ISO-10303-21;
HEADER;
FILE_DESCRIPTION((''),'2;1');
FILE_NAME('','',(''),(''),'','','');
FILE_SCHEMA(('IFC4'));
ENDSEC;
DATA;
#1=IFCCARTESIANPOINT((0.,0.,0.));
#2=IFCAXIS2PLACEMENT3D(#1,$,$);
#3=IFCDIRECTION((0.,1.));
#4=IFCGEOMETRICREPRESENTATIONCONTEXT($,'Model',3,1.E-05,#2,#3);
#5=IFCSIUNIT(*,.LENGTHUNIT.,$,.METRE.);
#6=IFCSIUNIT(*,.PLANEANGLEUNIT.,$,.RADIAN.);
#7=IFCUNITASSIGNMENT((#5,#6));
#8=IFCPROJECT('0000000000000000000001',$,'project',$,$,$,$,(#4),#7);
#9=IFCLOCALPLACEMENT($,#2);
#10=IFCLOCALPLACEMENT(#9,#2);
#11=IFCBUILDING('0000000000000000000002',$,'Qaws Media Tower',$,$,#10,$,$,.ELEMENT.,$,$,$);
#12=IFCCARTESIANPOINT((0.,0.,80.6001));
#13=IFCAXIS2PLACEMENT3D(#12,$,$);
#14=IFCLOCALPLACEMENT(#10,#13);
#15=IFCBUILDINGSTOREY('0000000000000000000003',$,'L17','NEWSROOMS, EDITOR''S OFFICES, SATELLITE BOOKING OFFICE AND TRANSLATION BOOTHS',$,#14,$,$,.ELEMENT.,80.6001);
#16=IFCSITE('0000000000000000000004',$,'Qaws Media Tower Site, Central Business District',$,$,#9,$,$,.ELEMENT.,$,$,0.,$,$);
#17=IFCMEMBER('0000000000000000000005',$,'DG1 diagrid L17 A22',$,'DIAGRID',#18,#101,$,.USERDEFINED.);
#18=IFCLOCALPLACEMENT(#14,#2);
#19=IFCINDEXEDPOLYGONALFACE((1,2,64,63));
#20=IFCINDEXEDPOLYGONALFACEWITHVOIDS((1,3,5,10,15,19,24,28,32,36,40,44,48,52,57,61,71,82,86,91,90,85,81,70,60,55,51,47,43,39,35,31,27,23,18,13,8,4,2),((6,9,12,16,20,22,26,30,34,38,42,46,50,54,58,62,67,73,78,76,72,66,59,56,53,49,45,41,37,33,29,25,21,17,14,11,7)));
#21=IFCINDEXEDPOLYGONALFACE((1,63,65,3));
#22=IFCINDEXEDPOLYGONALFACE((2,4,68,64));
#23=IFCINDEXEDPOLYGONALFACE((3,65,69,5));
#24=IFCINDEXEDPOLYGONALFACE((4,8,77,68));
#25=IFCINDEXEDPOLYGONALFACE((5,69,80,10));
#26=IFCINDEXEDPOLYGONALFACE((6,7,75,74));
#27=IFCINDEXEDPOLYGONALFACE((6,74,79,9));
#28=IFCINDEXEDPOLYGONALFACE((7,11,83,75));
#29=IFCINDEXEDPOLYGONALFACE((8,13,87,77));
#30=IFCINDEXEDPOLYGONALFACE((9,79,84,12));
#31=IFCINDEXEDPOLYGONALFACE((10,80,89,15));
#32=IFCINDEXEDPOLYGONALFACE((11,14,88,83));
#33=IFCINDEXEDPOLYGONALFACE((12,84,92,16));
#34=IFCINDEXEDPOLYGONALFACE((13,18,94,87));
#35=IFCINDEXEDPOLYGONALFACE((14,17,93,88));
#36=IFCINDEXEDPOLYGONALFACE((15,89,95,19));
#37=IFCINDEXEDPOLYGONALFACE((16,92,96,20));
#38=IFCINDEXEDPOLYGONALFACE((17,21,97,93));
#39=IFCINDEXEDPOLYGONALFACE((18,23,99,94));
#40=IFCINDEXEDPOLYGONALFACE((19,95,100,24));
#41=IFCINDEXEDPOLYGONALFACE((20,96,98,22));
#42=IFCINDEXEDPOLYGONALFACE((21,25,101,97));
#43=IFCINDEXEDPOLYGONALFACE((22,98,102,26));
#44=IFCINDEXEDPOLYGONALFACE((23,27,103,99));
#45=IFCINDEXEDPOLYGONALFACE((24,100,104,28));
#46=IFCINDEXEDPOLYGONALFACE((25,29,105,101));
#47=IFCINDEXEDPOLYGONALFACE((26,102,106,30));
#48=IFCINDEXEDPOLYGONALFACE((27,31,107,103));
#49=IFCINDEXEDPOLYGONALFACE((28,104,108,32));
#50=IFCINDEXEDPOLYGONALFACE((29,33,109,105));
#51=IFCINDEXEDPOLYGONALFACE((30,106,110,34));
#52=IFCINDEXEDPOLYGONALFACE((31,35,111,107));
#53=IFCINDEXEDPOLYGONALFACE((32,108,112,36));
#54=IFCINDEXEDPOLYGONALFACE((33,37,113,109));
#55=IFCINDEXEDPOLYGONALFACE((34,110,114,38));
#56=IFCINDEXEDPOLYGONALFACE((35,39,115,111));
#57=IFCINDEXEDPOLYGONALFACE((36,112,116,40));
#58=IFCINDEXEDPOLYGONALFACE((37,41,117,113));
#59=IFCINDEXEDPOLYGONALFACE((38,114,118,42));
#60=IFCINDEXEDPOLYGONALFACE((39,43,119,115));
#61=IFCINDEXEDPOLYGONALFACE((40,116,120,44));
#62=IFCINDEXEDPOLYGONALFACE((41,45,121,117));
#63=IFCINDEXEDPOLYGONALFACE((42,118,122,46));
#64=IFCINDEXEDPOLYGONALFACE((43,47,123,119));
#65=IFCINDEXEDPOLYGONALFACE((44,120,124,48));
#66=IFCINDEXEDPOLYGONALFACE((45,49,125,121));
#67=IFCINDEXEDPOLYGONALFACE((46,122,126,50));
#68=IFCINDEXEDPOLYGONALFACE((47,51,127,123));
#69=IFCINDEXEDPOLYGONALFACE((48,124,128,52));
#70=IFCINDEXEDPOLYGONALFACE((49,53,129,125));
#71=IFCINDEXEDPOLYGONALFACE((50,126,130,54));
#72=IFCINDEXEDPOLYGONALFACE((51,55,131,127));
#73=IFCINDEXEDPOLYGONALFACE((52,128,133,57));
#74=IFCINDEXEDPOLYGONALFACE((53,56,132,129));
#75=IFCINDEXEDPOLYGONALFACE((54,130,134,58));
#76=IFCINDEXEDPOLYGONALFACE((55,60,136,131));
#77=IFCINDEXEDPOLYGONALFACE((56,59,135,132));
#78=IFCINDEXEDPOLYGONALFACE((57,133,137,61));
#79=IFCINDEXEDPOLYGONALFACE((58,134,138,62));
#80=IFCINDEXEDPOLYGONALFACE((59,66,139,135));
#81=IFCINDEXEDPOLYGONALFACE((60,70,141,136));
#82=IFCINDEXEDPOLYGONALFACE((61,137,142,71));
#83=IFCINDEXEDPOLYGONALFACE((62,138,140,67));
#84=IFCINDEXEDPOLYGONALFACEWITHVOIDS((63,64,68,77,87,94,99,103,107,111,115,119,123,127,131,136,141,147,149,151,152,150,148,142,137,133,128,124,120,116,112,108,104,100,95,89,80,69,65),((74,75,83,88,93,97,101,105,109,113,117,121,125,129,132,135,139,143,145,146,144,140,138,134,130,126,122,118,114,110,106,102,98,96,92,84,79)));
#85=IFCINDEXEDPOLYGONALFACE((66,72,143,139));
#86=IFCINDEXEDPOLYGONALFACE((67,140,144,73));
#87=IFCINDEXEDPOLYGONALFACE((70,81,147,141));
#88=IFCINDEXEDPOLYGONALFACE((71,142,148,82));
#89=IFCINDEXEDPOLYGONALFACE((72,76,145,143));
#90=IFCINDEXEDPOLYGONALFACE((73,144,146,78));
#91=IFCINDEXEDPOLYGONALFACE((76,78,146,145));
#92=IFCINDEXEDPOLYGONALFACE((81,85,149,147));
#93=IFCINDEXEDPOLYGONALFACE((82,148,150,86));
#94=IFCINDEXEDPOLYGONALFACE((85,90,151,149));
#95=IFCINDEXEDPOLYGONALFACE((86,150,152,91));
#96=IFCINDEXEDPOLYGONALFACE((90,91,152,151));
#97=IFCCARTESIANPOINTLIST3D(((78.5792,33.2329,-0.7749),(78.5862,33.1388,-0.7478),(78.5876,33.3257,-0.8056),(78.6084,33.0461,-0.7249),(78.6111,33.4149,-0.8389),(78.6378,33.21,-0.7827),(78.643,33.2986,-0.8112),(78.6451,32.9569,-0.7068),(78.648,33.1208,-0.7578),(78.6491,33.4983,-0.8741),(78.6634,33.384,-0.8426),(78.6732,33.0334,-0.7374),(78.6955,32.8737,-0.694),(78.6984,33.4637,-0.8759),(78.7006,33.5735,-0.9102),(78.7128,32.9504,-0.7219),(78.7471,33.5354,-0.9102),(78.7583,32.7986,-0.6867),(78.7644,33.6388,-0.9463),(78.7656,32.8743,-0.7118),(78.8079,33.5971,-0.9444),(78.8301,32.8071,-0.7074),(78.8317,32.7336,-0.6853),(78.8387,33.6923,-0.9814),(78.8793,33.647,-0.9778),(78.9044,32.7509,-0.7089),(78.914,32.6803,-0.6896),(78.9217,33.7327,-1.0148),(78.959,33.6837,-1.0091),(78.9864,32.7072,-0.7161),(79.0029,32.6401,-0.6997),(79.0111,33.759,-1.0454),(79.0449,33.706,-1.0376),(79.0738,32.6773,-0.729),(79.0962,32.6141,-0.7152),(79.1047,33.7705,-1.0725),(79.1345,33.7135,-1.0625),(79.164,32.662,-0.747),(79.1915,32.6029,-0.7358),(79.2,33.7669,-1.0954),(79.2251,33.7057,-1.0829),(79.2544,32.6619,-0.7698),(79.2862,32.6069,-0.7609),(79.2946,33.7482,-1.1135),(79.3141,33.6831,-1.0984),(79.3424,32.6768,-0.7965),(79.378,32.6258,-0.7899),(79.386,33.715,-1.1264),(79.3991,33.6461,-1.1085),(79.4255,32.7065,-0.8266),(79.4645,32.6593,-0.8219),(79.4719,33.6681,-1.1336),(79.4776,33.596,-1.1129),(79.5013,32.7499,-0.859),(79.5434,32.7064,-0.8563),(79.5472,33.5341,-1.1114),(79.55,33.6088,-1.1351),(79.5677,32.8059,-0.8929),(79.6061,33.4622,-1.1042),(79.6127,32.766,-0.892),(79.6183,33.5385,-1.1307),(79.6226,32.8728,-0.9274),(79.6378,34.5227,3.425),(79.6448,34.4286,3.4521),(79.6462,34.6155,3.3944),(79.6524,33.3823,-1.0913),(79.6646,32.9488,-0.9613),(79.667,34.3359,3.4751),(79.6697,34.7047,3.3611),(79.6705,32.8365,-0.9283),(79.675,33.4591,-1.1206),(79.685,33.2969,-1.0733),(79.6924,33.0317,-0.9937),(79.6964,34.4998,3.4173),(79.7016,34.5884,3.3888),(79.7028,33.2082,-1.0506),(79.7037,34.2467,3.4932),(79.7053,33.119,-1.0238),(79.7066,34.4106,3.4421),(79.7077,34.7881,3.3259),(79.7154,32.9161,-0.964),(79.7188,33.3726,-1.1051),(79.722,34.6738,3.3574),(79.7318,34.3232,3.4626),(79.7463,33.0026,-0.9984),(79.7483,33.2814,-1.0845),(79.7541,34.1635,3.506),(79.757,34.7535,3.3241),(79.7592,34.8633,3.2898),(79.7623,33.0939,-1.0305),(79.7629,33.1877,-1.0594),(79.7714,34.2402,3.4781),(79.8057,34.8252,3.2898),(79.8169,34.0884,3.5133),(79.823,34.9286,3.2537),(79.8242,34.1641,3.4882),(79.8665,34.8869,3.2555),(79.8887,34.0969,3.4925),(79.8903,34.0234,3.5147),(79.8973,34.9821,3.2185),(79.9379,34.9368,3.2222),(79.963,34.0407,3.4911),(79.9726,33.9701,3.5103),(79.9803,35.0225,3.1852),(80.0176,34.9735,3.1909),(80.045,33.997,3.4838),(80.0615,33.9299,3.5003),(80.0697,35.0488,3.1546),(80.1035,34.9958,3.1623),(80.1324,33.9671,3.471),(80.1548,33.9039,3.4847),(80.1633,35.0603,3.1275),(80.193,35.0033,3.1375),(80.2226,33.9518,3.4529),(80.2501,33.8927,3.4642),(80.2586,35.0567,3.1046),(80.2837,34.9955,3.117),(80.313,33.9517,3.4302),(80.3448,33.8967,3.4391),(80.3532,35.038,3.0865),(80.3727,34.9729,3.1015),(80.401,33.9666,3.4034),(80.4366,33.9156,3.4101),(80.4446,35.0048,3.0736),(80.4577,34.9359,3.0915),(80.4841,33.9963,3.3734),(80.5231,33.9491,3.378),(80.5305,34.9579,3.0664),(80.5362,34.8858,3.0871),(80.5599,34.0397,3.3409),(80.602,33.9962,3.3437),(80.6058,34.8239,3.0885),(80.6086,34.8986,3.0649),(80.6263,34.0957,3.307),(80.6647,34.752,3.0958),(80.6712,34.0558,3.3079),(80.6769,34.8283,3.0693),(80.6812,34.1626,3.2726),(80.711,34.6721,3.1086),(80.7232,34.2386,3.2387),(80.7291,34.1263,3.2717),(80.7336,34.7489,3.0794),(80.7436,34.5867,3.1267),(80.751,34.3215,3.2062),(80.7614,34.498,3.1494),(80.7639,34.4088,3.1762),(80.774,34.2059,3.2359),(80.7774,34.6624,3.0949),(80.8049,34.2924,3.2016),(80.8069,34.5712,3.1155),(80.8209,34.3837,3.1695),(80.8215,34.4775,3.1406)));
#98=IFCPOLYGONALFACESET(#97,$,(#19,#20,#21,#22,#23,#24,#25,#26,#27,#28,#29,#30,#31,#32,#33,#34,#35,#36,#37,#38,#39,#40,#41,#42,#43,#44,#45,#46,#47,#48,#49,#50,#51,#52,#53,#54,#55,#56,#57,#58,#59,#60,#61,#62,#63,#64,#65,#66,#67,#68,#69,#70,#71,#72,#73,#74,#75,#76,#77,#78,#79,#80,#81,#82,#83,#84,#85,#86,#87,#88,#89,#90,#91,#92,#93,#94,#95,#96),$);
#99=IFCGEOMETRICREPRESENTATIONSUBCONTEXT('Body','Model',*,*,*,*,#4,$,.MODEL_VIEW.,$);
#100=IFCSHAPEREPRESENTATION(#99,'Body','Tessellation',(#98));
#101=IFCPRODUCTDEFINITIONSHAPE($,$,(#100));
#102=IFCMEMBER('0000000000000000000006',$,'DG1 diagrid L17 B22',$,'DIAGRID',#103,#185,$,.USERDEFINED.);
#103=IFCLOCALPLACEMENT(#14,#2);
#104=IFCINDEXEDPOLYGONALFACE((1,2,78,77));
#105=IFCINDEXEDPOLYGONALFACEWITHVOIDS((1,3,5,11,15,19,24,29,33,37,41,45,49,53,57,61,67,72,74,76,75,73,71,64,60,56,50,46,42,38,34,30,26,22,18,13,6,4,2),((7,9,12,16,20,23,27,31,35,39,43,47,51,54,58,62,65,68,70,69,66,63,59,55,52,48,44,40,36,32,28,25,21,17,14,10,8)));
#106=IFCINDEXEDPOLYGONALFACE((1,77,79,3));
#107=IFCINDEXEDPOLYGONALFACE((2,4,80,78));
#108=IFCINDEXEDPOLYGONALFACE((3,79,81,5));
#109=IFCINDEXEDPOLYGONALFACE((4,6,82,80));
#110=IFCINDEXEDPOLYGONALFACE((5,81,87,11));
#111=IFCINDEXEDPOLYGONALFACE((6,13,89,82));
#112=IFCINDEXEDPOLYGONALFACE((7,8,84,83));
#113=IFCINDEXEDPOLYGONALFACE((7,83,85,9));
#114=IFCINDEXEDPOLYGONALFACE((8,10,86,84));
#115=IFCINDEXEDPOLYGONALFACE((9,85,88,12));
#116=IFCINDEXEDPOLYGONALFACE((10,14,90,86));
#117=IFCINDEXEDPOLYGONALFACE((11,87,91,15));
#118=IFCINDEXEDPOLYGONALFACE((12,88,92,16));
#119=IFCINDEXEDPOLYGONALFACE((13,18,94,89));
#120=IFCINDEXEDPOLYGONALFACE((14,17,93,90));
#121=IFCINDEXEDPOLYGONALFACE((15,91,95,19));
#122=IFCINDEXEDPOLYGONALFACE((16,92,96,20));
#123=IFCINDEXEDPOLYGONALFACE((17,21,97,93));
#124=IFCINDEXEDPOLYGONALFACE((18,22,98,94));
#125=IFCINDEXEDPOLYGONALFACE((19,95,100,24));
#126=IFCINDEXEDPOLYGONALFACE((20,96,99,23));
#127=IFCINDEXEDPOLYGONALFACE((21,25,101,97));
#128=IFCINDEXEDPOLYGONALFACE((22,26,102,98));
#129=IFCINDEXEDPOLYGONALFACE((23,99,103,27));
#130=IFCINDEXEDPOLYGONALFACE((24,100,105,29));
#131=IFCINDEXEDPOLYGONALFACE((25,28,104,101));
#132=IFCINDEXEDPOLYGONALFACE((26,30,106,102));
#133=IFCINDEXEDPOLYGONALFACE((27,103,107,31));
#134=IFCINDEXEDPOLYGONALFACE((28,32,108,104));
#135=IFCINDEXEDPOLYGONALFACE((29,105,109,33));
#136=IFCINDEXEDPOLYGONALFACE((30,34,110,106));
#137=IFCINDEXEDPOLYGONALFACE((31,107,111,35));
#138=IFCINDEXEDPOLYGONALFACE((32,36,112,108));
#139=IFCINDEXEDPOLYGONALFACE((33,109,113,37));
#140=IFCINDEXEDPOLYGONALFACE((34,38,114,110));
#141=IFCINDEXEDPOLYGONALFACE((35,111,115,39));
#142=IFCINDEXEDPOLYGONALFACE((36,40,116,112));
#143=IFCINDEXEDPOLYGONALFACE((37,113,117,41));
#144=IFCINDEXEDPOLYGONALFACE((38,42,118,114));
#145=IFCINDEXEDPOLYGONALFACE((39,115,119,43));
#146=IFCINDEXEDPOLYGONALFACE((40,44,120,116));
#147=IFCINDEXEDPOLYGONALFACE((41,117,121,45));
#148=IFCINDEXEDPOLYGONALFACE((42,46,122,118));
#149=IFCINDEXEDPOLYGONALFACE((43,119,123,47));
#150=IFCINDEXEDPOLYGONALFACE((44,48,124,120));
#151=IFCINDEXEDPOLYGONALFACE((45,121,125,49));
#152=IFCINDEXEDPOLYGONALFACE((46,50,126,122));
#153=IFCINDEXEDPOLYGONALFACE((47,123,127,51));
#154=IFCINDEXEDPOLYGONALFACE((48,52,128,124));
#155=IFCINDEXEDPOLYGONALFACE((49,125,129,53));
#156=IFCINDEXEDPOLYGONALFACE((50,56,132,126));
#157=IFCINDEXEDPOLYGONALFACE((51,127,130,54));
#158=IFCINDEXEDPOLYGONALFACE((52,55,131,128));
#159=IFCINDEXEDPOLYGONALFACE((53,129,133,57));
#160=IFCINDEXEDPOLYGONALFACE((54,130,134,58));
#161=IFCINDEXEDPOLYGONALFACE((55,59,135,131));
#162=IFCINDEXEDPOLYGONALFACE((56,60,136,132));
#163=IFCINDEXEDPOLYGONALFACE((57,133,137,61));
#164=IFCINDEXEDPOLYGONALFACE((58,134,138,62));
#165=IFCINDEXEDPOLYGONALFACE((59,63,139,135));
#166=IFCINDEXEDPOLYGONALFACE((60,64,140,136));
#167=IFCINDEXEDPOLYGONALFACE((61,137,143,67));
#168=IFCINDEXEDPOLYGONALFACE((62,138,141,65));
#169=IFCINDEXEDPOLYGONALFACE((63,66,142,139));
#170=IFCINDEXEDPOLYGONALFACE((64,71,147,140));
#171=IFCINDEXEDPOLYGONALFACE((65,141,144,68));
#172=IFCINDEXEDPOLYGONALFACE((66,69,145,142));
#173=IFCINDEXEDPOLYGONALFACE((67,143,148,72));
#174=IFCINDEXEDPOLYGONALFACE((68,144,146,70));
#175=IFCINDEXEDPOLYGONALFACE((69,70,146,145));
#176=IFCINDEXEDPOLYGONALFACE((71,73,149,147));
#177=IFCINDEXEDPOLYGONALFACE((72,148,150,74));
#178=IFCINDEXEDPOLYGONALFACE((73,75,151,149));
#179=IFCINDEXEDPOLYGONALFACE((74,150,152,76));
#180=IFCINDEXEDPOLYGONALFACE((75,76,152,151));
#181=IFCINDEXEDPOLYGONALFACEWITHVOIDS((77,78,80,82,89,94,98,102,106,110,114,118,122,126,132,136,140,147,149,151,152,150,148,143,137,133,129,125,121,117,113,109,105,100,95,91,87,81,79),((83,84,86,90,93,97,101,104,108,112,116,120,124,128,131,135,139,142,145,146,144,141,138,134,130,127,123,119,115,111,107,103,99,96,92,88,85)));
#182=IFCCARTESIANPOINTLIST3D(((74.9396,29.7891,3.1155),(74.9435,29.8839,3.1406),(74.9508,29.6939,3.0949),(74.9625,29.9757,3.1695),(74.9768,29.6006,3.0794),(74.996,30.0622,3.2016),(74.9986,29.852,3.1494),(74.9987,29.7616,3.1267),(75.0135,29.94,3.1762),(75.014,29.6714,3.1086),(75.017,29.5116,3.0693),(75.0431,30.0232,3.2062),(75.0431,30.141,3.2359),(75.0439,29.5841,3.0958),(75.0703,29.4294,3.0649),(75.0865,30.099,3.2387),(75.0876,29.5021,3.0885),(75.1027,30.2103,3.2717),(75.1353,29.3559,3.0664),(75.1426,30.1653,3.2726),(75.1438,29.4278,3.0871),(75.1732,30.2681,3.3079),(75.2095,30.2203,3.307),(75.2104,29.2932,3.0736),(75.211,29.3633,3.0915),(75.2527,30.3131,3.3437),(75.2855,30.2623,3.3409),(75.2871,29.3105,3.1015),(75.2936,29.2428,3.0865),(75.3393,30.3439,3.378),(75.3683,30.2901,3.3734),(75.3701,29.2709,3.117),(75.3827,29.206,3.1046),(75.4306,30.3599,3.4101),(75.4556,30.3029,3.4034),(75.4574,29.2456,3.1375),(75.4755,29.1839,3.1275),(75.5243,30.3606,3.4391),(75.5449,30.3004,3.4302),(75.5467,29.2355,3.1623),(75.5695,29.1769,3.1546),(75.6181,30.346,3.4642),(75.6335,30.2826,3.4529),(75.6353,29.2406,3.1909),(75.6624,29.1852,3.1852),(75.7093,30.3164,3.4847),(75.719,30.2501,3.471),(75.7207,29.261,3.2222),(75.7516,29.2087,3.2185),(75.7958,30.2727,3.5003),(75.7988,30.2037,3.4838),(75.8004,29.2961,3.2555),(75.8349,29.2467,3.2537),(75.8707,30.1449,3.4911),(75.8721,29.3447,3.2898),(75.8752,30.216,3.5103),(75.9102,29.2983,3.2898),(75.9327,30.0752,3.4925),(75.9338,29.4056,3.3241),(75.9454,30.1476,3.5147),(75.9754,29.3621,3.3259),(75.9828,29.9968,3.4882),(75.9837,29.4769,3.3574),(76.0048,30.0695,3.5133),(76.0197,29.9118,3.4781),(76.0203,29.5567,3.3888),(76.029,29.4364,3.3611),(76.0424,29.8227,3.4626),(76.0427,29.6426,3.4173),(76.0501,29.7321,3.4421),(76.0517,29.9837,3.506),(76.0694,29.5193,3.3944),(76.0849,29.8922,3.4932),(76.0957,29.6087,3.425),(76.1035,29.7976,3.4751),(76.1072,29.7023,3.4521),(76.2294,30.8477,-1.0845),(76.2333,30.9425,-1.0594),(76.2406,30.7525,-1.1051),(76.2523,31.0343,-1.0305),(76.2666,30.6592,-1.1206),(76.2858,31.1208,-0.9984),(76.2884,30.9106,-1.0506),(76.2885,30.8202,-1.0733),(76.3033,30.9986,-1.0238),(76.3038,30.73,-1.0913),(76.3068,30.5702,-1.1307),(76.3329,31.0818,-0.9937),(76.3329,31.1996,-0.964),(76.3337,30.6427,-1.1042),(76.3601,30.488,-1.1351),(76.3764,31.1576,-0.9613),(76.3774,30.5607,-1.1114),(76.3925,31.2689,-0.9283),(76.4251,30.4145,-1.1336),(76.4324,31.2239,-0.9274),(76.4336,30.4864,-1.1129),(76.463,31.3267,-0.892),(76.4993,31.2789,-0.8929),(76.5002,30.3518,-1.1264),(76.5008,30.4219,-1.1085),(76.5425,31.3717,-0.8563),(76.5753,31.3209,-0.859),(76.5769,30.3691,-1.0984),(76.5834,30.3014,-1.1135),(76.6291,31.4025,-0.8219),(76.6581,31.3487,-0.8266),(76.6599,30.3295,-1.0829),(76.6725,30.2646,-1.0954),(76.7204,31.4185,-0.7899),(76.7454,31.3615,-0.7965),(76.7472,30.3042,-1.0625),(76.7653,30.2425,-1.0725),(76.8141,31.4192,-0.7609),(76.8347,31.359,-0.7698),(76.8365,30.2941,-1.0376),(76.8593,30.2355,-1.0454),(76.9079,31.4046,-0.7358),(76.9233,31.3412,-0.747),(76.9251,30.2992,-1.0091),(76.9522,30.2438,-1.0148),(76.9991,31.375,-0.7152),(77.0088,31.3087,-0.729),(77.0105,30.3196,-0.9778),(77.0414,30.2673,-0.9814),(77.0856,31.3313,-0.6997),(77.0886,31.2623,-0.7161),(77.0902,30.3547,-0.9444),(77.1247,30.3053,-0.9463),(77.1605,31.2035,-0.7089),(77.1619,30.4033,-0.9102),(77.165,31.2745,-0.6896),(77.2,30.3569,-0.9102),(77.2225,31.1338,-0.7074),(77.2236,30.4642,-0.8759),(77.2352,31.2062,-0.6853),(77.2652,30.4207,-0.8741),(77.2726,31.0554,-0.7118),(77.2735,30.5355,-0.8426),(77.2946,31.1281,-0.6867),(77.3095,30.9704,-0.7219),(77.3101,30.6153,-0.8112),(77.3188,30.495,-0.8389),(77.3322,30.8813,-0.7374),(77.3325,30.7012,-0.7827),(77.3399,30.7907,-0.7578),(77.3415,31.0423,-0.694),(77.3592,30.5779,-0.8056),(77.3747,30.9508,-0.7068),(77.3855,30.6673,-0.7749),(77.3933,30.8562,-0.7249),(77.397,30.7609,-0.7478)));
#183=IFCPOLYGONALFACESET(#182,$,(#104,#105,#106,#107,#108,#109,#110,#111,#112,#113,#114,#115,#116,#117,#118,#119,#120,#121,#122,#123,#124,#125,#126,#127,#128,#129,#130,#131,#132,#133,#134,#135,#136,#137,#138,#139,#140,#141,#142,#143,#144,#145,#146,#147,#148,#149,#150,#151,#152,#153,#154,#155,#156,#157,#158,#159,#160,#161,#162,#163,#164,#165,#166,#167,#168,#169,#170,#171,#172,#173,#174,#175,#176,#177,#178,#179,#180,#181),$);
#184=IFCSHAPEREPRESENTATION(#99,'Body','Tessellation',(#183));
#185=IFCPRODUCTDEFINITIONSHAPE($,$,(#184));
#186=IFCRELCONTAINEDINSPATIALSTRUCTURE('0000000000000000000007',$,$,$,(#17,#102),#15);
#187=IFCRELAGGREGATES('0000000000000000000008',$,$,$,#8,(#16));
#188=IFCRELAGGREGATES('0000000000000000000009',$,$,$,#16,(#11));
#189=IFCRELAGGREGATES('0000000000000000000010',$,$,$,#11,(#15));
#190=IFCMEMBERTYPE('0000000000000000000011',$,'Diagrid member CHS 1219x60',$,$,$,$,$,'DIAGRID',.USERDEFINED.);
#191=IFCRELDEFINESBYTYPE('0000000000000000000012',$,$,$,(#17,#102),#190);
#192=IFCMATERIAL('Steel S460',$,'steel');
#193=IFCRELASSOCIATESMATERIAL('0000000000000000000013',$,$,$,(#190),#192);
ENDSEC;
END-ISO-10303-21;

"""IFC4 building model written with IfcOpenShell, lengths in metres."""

from ifc_helpers import new_model, si_unit, direction, frame, origin, origin_2d, place, context, subcontext, project, spatial, hollow_circle, extrude, material, material_profile, profile_set, type_object, element, save


model = new_model("IFC4")

# Units and contexts
model_context = context("Model", 3, precision=1e-05, world=origin(), true_north=direction((0.0, 1.0)))
body_context = subcontext(model_context, "Body", "Model", "MODEL_VIEW")
ifc_project = project(units=[si_unit("LENGTHUNIT", "METRE"), si_unit("PLANEANGLEUNIT", "RADIAN")], contexts=[model_context])

# Site, building, storey
site_placement = place(None, origin())
site = spatial("IfcSite", under=ifc_project, at=site_placement, Name="Qaws Media Tower Site, Central Business District", CompositionType="ELEMENT", RefElevation=0.0)
building_placement = place(site_placement, origin())
building = spatial("IfcBuilding", under=site, at=building_placement, Name="Qaws Media Tower", CompositionType="ELEMENT")
storey_placement = place(building_placement, frame((0.0, 0.0, 80.6001)))
storey = spatial("IfcBuildingStorey", under=building, at=storey_placement, Name="L17", Description="NEWSROOMS, EDITOR'S OFFICES, SATELLITE BOOKING OFFICE AND TRANSLATION BOOTHS", CompositionType="ELEMENT", Elevation=80.6001)

# Members
ifc_material_1 = material(Name="Steel S460", Category="steel")
ifc_material_profile_1 = material_profile(ifc_material_1, hollow_circle(Radius=0.6096, WallThickness=0.0601, at=origin_2d()), Name="CHS 1219x60")
ifc_profile_set_1 = profile_set([ifc_material_profile_1], Name="Steel S460")
member_type_1 = type_object("IfcMemberType", Name="Diagrid member CHS 1219x60", ElementType="DIAGRID", PredefinedType="USERDEFINED", material=ifc_profile_set_1)
for number, where, z_axis, x_axis, name in (
    (1, (79.1719, 33.1868, -0.9102), (0.23424, 0.285399, 0.929343), (-0.772985, 0.634424, 0.0), "DG1 diagrid L17 A22"),
    (2, (76.8132, 30.8281, -0.9102), (-0.285399, -0.23424, 0.929343), (0.634424, -0.772985, 0.0), "DG1 diagrid L17 B22"),
):
    element("IfcMember", number, at=place(storey_placement, frame(where, z_axis=z_axis, x_axis=x_axis)), inside=storey, type_object=member_type_1, Name=name, ObjectType="DIAGRID", PredefinedType="USERDEFINED", context=body_context, shape_type="SweptSolid", body=[
        extrude(hollow_circle(Radius=0.6096, WallThickness=0.0601, at=origin_2d()), origin(), (0.0, 0.0, 1.0), 4.5193),
    ])

save(model, "model.ifc")
